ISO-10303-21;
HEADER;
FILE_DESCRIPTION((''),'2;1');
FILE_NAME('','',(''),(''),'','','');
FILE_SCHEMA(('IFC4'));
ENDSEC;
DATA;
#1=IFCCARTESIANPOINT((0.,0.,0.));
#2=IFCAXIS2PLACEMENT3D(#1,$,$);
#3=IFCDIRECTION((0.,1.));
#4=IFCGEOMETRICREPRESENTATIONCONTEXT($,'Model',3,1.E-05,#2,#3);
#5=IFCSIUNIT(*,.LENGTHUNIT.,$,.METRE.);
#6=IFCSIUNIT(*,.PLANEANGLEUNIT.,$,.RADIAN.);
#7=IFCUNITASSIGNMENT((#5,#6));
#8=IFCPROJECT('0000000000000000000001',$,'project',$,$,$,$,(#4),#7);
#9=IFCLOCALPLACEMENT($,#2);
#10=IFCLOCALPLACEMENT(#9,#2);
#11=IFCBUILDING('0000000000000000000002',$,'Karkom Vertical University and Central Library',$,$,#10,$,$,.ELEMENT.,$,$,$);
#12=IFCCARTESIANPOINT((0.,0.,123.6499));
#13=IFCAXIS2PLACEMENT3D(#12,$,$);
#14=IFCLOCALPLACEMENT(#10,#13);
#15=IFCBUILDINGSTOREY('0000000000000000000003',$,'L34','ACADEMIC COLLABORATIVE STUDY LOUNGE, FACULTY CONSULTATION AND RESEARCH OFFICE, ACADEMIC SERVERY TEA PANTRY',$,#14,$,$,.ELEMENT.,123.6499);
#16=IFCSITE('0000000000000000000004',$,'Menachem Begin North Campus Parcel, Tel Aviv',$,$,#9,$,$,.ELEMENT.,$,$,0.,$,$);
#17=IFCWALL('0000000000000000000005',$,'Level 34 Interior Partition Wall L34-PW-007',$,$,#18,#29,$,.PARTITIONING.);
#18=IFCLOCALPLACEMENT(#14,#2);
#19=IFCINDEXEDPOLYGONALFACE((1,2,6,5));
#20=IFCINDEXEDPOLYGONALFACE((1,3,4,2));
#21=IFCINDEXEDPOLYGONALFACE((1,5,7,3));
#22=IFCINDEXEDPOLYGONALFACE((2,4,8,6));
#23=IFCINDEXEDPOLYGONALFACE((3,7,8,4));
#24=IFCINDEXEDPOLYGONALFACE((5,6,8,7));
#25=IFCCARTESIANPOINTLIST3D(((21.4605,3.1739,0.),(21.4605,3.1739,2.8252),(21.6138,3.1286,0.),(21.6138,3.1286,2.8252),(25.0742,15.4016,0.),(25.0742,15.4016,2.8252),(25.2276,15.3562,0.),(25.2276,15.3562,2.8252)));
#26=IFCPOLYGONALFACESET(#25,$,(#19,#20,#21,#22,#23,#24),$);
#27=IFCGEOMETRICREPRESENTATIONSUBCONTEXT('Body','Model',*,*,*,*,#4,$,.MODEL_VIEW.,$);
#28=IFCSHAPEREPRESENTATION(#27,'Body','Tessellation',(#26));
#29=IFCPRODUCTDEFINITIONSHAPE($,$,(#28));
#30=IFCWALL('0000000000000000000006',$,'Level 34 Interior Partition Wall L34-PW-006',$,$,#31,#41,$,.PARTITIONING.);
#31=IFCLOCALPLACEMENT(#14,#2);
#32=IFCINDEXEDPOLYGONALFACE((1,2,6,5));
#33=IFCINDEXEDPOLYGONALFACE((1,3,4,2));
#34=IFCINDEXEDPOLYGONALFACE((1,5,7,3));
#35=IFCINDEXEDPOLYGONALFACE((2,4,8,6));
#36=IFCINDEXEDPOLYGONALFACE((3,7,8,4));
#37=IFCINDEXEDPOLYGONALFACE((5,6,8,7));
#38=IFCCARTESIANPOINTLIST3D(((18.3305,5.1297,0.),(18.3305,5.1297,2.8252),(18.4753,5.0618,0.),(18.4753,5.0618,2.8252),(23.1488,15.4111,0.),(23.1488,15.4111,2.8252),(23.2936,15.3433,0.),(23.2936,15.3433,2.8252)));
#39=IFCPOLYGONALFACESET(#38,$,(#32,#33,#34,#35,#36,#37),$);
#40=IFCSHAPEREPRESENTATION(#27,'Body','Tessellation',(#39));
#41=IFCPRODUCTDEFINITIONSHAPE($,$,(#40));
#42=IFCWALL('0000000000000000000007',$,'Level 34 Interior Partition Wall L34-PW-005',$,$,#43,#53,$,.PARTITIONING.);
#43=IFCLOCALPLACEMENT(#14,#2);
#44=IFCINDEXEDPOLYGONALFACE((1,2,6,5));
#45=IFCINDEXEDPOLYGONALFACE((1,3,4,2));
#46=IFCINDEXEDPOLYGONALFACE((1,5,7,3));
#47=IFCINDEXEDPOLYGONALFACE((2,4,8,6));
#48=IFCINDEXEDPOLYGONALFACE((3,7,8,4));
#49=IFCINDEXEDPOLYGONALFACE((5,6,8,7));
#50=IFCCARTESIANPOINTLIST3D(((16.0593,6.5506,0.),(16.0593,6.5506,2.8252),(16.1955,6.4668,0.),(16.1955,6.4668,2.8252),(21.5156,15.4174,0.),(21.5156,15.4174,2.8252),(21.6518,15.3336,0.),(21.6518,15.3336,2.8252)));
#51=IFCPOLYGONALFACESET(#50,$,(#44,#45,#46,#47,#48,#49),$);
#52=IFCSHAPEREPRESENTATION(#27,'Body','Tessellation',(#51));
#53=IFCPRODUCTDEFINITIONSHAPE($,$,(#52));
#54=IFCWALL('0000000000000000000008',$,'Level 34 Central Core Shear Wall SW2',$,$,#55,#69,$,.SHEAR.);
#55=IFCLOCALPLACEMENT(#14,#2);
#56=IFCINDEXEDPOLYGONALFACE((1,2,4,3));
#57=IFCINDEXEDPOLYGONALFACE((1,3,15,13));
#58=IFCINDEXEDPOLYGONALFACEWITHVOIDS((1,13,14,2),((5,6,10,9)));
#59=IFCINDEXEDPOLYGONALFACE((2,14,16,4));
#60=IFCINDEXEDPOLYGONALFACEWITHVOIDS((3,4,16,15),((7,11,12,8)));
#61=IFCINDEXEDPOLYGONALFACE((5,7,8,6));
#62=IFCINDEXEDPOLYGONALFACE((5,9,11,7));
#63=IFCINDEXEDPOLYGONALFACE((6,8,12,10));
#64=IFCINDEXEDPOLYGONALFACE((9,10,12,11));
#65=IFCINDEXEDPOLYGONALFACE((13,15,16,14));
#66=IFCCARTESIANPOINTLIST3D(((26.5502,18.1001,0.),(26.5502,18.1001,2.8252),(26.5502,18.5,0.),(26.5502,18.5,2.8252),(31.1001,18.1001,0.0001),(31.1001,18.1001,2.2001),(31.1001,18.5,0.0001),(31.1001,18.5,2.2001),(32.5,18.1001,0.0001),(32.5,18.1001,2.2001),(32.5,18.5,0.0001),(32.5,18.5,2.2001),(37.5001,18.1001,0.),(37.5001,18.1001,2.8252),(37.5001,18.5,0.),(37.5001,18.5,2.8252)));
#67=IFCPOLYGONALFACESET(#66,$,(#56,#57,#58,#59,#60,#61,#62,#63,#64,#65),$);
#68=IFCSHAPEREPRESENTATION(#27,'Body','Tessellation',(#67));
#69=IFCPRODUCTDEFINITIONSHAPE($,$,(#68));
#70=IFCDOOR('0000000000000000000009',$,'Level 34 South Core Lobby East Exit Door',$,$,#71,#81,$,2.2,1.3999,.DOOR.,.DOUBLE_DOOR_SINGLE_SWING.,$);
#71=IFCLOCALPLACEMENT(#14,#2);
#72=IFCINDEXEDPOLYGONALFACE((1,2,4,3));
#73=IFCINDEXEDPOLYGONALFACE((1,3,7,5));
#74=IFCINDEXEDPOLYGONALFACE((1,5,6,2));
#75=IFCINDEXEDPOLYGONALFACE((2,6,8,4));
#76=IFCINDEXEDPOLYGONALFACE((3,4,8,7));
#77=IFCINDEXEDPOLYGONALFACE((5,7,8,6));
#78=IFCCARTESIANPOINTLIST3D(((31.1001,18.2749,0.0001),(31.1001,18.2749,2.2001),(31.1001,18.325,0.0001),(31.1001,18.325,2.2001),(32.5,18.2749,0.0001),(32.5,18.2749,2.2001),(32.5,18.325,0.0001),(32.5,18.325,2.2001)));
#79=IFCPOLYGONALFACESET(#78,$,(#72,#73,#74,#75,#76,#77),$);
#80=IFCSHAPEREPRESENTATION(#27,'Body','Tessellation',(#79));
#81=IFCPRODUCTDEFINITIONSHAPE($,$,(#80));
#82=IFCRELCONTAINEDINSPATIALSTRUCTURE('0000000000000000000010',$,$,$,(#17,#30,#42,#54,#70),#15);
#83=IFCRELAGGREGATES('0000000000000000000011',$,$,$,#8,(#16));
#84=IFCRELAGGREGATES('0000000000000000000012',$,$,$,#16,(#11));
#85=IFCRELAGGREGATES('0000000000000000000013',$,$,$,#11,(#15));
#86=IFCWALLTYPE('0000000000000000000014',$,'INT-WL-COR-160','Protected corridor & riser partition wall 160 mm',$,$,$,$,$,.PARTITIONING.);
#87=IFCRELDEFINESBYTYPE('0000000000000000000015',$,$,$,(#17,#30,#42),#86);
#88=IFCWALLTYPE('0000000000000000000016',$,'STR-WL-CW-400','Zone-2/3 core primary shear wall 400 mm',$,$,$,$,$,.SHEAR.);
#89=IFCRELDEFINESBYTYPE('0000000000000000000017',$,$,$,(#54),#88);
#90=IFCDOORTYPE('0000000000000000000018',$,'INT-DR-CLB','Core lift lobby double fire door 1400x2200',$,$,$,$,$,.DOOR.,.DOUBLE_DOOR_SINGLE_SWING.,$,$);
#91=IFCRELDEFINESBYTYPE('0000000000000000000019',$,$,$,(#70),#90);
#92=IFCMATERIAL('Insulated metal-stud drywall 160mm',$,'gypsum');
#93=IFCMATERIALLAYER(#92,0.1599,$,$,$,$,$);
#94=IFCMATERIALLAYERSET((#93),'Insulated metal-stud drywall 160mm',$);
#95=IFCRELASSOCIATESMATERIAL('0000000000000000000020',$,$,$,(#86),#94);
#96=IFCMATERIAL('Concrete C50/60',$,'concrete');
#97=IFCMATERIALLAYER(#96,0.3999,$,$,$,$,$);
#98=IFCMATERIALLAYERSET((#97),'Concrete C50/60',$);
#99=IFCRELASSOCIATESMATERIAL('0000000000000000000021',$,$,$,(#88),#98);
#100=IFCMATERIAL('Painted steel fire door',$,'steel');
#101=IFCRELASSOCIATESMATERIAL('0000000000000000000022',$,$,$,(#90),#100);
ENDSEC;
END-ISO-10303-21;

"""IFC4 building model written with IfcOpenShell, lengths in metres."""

from ifc_helpers import new_model, si_unit, direction, frame, frame_2d, origin, origin_with_axes, place, context, subcontext, project, spatial, rectangle, extrude, source, transform, mapped, material, layer, layer_set, type_object, element, fill, save


model = new_model("IFC4")

# Units and contexts
model_context = context("Model", 3, precision=1e-05, world=origin(), true_north=direction((0.0, 1.0)))
body_context = subcontext(model_context, "Body", "Model", "MODEL_VIEW")
ifc_project = project(units=[si_unit("LENGTHUNIT", "METRE"), si_unit("PLANEANGLEUNIT", "RADIAN")], contexts=[model_context])

# Site, building, storey
site_placement = place(None, origin())
site = spatial("IfcSite", under=ifc_project, at=site_placement, Name="Menachem Begin North Campus Parcel, Tel Aviv", CompositionType="ELEMENT", RefElevation=0.0)
building_placement = place(site_placement, origin())
building = spatial("IfcBuilding", under=site, at=building_placement, Name="Karkom Vertical University and Central Library", CompositionType="ELEMENT")
storey_placement = place(building_placement, frame((0.0, 0.0, 123.6499)))
storey = spatial("IfcBuildingStorey", under=building, at=storey_placement, Name="L34", Description="ACADEMIC COLLABORATIVE STUDY LOUNGE, FACULTY CONSULTATION AND RESEARCH OFFICE, ACADEMIC SERVERY TEA PANTRY", CompositionType="ELEMENT", Elevation=123.6499)

# Shared definitions
ifc_material_1 = material(Name="Concrete C50/60", Category="concrete")

# Walls
ifc_material_2 = material(Name="Insulated metal-stud drywall 160mm", Category="gypsum")
ifc_layer_1 = layer(ifc_material_2, 0.1599)
ifc_layer_set_1 = layer_set([ifc_layer_1], Name="Insulated metal-stud drywall 160mm")
wall_type_1 = type_object("IfcWallType", Name="INT-WL-COR-160", Description="Protected corridor & riser partition wall 160 mm", PredefinedType="PARTITIONING", material=ifc_layer_set_1)
wall_1_placement = place(storey_placement, frame((25.1509, 15.3789, 0.0), z_axis=(0.0, 0.0, 1.0), x_axis=(-0.283419, -0.958996, 0.0)))
element("IfcWall", 1, at=wall_1_placement, inside=storey, type_object=wall_type_1, Name="Level 34 Interior Partition Wall L34-PW-007", PredefinedType="PARTITIONING", context=body_context, shape_type="SweptSolid", body=[
    extrude(rectangle(XDim=12.7505, YDim=0.1599, at=frame_2d((6.3752, 0.0))), origin(), (0.0, 0.0, 1.0), 2.8252),
])
wall_2_placement = place(storey_placement, frame((23.2212, 15.3772, 0.0), z_axis=(0.0, 0.0, 1.0), x_axis=(-0.424355, -0.905496, 0.0)))
element("IfcWall", 2, at=wall_2_placement, inside=storey, type_object=wall_type_1, Name="Level 34 Interior Partition Wall L34-PW-006", PredefinedType="PARTITIONING", context=body_context, shape_type="SweptSolid", body=[
    extrude(rectangle(XDim=11.3545, YDim=0.1599, at=frame_2d((5.6772, 0.0))), origin(), (0.0, 0.0, 1.0), 2.8252),
])
wall_3_placement = place(storey_placement, frame((21.5837, 15.3755, 0.0), z_axis=(0.0, 0.0, 1.0), x_axis=(-0.524088, -0.851664, 0.0)))
element("IfcWall", 3, at=wall_3_placement, inside=storey, type_object=wall_type_1, Name="Level 34 Interior Partition Wall L34-PW-005", PredefinedType="PARTITIONING", context=body_context, shape_type="SweptSolid", body=[
    extrude(rectangle(XDim=10.4111, YDim=0.1599, at=frame_2d((5.2056, 0.0))), origin(), (0.0, 0.0, 1.0), 2.8252),
])

# Wall, opening, door
ifc_layer_2 = layer(ifc_material_1, 0.3999)
ifc_layer_set_2 = layer_set([ifc_layer_2], Name="Concrete C50/60")
wall_type_2 = type_object("IfcWallType", Name="STR-WL-CW-400", Description="Zone-2/3 core primary shear wall 400 mm", PredefinedType="SHEAR", material=ifc_layer_set_2)
wall_4_placement = place(storey_placement, frame((26.55, 18.3, 0.0), z_axis=(0.0, 0.0, 1.0), x_axis=(1.0, 0.0, 0.0)))
wall_4 = element("IfcWall", 4, at=wall_4_placement, inside=storey, type_object=wall_type_2, Name="Level 34 Central Core Shear Wall SW2", PredefinedType="SHEAR", context=body_context, shape_type="SweptSolid", body=[
    extrude(rectangle(XDim=10.95, YDim=0.3999, at=frame_2d((5.4751, 0.0))), origin(), (0.0, 0.0, 1.0), 2.8252),
])
opening_1_placement = place(wall_4_placement, frame((4.55, 0.0, 0.0)))
opening_1 = element("IfcOpeningElement", 5, at=opening_1_placement, cuts=wall_4, PredefinedType="OPENING", context=body_context, shape_type="SweptSolid", body=[
    extrude(rectangle(XDim=1.3999, YDim=2.2, at=frame_2d((0.7, 1.1001))), frame((0.0, 0.21, 0.0), z_axis=(0.0, -1.0, 0.0), x_axis=(1.0, 0.0, 0.0)), (0.0, 0.0, 1.0), 0.4199),
])
ifc_material_3 = material(Name="Painted steel fire door", Category="steel")
door_type = type_object("IfcDoorType", Name="INT-DR-CLB", Description="Core lift lobby double fire door 1400x2200", OperationType="DOUBLE_DOOR_SINGLE_SWING", PredefinedType="DOOR", material=ifc_material_3)
shared_shape_1 = source(origin_with_axes(), body_context, "Body", "SweptSolid", [
    extrude(rectangle(XDim=1.3999, YDim=2.2, at=frame_2d((0.7, 1.1001))), frame((0.0, 0.0249, 0.0), z_axis=(0.0, -1.0, 0.0), x_axis=(1.0, 0.0, 0.0)), (0.0, 0.0, 1.0), 0.05),
])
door_placement = place(opening_1_placement, origin())
door = element("IfcDoor", 6, at=door_placement, inside=storey, type_object=door_type, Name="Level 34 South Core Lobby East Exit Door", OperationType="DOUBLE_DOOR_SINGLE_SWING", OverallHeight=2.2, OverallWidth=1.3999, PredefinedType="DOOR", context=body_context, shape_type="MappedRepresentation", body=[
    mapped(shared_shape_1, transform((0.0, 0.0, 0.0), scale=1.0)),
])
fill(opening_1, door)

save(model, "model.ifc")
